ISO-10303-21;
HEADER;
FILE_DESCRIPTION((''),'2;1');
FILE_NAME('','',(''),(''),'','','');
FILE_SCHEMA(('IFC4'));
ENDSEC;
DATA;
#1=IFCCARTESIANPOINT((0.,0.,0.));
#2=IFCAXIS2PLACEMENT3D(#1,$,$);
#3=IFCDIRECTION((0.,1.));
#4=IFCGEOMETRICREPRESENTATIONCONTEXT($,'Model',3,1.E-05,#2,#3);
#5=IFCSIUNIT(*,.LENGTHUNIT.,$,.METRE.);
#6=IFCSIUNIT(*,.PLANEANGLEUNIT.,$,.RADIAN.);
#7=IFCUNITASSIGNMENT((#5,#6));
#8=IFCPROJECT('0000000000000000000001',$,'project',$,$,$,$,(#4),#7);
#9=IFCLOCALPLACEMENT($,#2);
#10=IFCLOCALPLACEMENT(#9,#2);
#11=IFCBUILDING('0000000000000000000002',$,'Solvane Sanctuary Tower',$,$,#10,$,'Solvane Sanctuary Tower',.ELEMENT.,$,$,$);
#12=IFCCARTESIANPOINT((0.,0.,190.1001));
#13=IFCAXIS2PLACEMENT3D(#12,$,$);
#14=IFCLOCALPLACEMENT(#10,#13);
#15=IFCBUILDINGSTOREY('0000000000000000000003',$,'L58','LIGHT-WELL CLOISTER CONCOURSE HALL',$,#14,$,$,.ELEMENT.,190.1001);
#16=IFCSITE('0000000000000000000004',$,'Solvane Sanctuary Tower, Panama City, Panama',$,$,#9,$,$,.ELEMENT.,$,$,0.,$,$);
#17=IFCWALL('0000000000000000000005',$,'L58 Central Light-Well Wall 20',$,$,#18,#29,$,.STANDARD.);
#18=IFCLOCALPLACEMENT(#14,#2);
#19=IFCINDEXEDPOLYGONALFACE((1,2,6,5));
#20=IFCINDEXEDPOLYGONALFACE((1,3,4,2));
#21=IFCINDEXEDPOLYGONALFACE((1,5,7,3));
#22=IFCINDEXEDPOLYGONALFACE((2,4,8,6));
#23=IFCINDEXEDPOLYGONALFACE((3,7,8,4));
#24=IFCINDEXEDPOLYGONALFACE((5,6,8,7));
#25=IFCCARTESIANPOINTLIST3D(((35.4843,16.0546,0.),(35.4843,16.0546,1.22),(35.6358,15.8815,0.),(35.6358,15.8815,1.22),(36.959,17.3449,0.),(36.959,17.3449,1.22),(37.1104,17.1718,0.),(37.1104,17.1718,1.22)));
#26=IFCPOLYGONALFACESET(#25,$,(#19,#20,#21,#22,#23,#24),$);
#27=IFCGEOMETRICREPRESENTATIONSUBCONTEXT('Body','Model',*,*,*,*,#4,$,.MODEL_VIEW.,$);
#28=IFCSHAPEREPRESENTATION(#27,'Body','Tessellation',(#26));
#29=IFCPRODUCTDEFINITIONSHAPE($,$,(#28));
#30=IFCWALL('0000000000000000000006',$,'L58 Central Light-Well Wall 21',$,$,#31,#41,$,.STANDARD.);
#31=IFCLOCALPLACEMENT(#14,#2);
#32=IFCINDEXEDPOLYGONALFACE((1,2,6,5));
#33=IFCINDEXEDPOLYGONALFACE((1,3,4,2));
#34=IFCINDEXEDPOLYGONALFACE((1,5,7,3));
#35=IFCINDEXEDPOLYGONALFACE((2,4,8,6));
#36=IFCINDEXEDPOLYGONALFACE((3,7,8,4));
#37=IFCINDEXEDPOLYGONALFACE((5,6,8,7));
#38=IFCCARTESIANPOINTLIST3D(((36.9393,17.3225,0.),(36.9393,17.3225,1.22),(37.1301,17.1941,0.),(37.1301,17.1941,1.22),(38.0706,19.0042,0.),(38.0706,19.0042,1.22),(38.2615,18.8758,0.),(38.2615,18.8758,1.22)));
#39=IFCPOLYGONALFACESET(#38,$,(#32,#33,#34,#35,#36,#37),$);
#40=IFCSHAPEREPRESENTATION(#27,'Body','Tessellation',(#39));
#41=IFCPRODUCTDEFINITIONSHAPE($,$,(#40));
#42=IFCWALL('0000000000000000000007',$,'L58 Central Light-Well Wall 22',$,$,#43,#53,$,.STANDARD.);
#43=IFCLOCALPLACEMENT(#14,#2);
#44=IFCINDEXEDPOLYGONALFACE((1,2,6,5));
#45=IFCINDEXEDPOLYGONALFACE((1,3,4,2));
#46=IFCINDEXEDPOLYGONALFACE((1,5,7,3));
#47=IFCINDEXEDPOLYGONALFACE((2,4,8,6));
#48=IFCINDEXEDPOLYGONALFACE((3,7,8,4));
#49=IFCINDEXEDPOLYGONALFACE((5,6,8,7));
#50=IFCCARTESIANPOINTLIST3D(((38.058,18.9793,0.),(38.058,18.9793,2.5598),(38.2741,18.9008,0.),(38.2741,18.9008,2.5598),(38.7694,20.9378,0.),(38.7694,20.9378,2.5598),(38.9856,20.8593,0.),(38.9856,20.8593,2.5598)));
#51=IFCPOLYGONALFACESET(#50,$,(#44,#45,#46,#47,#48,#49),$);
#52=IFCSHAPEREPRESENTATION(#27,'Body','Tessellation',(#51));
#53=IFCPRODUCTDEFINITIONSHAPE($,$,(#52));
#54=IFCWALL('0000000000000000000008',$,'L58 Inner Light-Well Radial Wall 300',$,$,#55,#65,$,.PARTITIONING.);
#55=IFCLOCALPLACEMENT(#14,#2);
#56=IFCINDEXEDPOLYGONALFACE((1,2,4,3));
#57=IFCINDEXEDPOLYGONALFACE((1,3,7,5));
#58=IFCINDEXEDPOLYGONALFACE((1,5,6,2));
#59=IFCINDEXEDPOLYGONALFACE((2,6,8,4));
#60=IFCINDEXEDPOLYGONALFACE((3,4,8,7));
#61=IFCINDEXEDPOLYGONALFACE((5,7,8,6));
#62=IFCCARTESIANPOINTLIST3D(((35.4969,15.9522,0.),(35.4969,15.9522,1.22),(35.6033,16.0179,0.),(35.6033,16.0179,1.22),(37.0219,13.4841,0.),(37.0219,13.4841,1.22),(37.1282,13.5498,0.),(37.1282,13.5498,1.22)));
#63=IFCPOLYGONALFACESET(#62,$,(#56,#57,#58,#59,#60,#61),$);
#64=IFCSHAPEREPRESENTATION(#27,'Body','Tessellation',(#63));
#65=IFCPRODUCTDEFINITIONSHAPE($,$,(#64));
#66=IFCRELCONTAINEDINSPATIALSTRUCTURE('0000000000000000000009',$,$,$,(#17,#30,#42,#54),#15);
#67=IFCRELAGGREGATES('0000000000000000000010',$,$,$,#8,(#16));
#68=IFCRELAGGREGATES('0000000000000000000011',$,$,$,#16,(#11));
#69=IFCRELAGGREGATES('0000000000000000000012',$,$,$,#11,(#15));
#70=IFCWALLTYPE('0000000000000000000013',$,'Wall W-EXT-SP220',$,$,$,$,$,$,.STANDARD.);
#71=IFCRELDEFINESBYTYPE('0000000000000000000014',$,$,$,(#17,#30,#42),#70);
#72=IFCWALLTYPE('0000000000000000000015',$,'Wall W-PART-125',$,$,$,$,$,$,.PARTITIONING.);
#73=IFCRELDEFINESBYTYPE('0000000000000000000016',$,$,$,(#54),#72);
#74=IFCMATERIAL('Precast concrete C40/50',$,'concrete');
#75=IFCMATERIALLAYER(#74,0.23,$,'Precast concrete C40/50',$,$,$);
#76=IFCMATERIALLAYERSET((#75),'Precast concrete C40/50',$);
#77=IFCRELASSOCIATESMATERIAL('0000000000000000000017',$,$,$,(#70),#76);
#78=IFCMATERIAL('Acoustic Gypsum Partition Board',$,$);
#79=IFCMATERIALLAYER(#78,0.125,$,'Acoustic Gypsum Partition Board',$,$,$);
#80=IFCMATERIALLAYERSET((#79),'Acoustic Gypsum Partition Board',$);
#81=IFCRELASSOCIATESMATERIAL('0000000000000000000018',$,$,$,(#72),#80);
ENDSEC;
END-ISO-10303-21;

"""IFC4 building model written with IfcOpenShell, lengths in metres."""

from ifc_helpers import new_model, si_unit, direction, frame, frame_2d, origin, place, context, subcontext, project, spatial, rectangle, extrude, material, layer, layer_set, type_object, element, save


model = new_model("IFC4")

# Units and contexts
model_context = context("Model", 3, precision=1e-05, world=origin(), true_north=direction((0.0, 1.0)))
body_context = subcontext(model_context, "Body", "Model", "MODEL_VIEW")
ifc_project = project(units=[si_unit("LENGTHUNIT", "METRE"), si_unit("PLANEANGLEUNIT", "RADIAN")], contexts=[model_context])

# Site, building, storey
site_placement = place(None, origin())
site = spatial("IfcSite", under=ifc_project, at=site_placement, Name="Solvane Sanctuary Tower, Panama City, Panama", CompositionType="ELEMENT", RefElevation=0.0)
building_placement = place(site_placement, origin())
building = spatial("IfcBuilding", under=site, at=building_placement, Name="Solvane Sanctuary Tower", LongName="Solvane Sanctuary Tower", CompositionType="ELEMENT")
storey_placement = place(building_placement, frame((0.0, 0.0, 190.1001)))
storey = spatial("IfcBuildingStorey", under=building, at=storey_placement, Name="L58", Description="LIGHT-WELL CLOISTER CONCOURSE HALL", CompositionType="ELEMENT", Elevation=190.1001)

# Walls
ifc_material_1 = material(Name="Precast concrete C40/50", Category="concrete")
ifc_layer_1 = layer(ifc_material_1, 0.23, Name="Precast concrete C40/50")
ifc_layer_set_1 = layer_set([ifc_layer_1], Name="Precast concrete C40/50")
wall_type_1 = type_object("IfcWallType", Name="Wall W-EXT-SP220", PredefinedType="STANDARD", material=ifc_layer_set_1)
wall_1_placement = place(storey_placement, frame((35.5601, 15.968, 0.0), z_axis=(0.0, 0.0, 1.0), x_axis=(0.752577, 0.658505, 0.0)))
element("IfcWall", 1, at=wall_1_placement, inside=storey, type_object=wall_type_1, Name="L58 Central Light-Well Wall 20", PredefinedType="STANDARD", context=body_context, shape_type="SweptSolid", body=[
    extrude(rectangle(XDim=1.9595, YDim=0.23, at=frame_2d((0.9797, 0.0))), origin(), (0.0, 0.0, 1.0), 1.22),
])
wall_2_placement = place(storey_placement, frame((37.0347, 17.2583, 0.0), z_axis=(0.0, 0.0, 1.0), x_axis=(0.558198, 0.829708, 0.0)))
element("IfcWall", 2, at=wall_2_placement, inside=storey, type_object=wall_type_1, Name="L58 Central Light-Well Wall 21", PredefinedType="STANDARD", context=body_context, shape_type="SweptSolid", body=[
    extrude(rectangle(XDim=2.0269, YDim=0.23, at=frame_2d((1.0134, 0.0))), origin(), (0.0, 0.0, 1.0), 1.22),
])
wall_3_placement = place(storey_placement, frame((38.166, 18.9399, 0.0), z_axis=(0.0, 0.0, 1.0), x_axis=(0.341423, 0.93991, 0.0)))
element("IfcWall", 3, at=wall_3_placement, inside=storey, type_object=wall_type_1, Name="L58 Central Light-Well Wall 22", PredefinedType="STANDARD", context=body_context, shape_type="SweptSolid", body=[
    extrude(rectangle(XDim=2.0837, YDim=0.23, at=frame_2d((1.042, 0.0))), origin(), (0.0, 0.0, 1.0), 2.5598),
])
ifc_material_2 = material(Name="Acoustic Gypsum Partition Board")
ifc_layer_2 = layer(ifc_material_2, 0.125, Name="Acoustic Gypsum Partition Board")
ifc_layer_set_2 = layer_set([ifc_layer_2], Name="Acoustic Gypsum Partition Board")
wall_type_2 = type_object("IfcWallType", Name="Wall W-PART-125", PredefinedType="PARTITIONING", material=ifc_layer_set_2)
wall_4_placement = place(storey_placement, frame((35.55, 15.9851, 0.0), z_axis=(0.0, 0.0, 1.0), x_axis=(0.525627, -0.850715, 0.0)))
element("IfcWall", 4, at=wall_4_placement, inside=storey, type_object=wall_type_2, Name="L58 Inner Light-Well Radial Wall 300", PredefinedType="PARTITIONING", context=body_context, shape_type="SweptSolid", body=[
    extrude(rectangle(XDim=2.9011, YDim=0.125, at=frame_2d((1.4507, 0.0))), origin(), (0.0, 0.0, 1.0), 1.22),
])

save(model, "model.ifc")
